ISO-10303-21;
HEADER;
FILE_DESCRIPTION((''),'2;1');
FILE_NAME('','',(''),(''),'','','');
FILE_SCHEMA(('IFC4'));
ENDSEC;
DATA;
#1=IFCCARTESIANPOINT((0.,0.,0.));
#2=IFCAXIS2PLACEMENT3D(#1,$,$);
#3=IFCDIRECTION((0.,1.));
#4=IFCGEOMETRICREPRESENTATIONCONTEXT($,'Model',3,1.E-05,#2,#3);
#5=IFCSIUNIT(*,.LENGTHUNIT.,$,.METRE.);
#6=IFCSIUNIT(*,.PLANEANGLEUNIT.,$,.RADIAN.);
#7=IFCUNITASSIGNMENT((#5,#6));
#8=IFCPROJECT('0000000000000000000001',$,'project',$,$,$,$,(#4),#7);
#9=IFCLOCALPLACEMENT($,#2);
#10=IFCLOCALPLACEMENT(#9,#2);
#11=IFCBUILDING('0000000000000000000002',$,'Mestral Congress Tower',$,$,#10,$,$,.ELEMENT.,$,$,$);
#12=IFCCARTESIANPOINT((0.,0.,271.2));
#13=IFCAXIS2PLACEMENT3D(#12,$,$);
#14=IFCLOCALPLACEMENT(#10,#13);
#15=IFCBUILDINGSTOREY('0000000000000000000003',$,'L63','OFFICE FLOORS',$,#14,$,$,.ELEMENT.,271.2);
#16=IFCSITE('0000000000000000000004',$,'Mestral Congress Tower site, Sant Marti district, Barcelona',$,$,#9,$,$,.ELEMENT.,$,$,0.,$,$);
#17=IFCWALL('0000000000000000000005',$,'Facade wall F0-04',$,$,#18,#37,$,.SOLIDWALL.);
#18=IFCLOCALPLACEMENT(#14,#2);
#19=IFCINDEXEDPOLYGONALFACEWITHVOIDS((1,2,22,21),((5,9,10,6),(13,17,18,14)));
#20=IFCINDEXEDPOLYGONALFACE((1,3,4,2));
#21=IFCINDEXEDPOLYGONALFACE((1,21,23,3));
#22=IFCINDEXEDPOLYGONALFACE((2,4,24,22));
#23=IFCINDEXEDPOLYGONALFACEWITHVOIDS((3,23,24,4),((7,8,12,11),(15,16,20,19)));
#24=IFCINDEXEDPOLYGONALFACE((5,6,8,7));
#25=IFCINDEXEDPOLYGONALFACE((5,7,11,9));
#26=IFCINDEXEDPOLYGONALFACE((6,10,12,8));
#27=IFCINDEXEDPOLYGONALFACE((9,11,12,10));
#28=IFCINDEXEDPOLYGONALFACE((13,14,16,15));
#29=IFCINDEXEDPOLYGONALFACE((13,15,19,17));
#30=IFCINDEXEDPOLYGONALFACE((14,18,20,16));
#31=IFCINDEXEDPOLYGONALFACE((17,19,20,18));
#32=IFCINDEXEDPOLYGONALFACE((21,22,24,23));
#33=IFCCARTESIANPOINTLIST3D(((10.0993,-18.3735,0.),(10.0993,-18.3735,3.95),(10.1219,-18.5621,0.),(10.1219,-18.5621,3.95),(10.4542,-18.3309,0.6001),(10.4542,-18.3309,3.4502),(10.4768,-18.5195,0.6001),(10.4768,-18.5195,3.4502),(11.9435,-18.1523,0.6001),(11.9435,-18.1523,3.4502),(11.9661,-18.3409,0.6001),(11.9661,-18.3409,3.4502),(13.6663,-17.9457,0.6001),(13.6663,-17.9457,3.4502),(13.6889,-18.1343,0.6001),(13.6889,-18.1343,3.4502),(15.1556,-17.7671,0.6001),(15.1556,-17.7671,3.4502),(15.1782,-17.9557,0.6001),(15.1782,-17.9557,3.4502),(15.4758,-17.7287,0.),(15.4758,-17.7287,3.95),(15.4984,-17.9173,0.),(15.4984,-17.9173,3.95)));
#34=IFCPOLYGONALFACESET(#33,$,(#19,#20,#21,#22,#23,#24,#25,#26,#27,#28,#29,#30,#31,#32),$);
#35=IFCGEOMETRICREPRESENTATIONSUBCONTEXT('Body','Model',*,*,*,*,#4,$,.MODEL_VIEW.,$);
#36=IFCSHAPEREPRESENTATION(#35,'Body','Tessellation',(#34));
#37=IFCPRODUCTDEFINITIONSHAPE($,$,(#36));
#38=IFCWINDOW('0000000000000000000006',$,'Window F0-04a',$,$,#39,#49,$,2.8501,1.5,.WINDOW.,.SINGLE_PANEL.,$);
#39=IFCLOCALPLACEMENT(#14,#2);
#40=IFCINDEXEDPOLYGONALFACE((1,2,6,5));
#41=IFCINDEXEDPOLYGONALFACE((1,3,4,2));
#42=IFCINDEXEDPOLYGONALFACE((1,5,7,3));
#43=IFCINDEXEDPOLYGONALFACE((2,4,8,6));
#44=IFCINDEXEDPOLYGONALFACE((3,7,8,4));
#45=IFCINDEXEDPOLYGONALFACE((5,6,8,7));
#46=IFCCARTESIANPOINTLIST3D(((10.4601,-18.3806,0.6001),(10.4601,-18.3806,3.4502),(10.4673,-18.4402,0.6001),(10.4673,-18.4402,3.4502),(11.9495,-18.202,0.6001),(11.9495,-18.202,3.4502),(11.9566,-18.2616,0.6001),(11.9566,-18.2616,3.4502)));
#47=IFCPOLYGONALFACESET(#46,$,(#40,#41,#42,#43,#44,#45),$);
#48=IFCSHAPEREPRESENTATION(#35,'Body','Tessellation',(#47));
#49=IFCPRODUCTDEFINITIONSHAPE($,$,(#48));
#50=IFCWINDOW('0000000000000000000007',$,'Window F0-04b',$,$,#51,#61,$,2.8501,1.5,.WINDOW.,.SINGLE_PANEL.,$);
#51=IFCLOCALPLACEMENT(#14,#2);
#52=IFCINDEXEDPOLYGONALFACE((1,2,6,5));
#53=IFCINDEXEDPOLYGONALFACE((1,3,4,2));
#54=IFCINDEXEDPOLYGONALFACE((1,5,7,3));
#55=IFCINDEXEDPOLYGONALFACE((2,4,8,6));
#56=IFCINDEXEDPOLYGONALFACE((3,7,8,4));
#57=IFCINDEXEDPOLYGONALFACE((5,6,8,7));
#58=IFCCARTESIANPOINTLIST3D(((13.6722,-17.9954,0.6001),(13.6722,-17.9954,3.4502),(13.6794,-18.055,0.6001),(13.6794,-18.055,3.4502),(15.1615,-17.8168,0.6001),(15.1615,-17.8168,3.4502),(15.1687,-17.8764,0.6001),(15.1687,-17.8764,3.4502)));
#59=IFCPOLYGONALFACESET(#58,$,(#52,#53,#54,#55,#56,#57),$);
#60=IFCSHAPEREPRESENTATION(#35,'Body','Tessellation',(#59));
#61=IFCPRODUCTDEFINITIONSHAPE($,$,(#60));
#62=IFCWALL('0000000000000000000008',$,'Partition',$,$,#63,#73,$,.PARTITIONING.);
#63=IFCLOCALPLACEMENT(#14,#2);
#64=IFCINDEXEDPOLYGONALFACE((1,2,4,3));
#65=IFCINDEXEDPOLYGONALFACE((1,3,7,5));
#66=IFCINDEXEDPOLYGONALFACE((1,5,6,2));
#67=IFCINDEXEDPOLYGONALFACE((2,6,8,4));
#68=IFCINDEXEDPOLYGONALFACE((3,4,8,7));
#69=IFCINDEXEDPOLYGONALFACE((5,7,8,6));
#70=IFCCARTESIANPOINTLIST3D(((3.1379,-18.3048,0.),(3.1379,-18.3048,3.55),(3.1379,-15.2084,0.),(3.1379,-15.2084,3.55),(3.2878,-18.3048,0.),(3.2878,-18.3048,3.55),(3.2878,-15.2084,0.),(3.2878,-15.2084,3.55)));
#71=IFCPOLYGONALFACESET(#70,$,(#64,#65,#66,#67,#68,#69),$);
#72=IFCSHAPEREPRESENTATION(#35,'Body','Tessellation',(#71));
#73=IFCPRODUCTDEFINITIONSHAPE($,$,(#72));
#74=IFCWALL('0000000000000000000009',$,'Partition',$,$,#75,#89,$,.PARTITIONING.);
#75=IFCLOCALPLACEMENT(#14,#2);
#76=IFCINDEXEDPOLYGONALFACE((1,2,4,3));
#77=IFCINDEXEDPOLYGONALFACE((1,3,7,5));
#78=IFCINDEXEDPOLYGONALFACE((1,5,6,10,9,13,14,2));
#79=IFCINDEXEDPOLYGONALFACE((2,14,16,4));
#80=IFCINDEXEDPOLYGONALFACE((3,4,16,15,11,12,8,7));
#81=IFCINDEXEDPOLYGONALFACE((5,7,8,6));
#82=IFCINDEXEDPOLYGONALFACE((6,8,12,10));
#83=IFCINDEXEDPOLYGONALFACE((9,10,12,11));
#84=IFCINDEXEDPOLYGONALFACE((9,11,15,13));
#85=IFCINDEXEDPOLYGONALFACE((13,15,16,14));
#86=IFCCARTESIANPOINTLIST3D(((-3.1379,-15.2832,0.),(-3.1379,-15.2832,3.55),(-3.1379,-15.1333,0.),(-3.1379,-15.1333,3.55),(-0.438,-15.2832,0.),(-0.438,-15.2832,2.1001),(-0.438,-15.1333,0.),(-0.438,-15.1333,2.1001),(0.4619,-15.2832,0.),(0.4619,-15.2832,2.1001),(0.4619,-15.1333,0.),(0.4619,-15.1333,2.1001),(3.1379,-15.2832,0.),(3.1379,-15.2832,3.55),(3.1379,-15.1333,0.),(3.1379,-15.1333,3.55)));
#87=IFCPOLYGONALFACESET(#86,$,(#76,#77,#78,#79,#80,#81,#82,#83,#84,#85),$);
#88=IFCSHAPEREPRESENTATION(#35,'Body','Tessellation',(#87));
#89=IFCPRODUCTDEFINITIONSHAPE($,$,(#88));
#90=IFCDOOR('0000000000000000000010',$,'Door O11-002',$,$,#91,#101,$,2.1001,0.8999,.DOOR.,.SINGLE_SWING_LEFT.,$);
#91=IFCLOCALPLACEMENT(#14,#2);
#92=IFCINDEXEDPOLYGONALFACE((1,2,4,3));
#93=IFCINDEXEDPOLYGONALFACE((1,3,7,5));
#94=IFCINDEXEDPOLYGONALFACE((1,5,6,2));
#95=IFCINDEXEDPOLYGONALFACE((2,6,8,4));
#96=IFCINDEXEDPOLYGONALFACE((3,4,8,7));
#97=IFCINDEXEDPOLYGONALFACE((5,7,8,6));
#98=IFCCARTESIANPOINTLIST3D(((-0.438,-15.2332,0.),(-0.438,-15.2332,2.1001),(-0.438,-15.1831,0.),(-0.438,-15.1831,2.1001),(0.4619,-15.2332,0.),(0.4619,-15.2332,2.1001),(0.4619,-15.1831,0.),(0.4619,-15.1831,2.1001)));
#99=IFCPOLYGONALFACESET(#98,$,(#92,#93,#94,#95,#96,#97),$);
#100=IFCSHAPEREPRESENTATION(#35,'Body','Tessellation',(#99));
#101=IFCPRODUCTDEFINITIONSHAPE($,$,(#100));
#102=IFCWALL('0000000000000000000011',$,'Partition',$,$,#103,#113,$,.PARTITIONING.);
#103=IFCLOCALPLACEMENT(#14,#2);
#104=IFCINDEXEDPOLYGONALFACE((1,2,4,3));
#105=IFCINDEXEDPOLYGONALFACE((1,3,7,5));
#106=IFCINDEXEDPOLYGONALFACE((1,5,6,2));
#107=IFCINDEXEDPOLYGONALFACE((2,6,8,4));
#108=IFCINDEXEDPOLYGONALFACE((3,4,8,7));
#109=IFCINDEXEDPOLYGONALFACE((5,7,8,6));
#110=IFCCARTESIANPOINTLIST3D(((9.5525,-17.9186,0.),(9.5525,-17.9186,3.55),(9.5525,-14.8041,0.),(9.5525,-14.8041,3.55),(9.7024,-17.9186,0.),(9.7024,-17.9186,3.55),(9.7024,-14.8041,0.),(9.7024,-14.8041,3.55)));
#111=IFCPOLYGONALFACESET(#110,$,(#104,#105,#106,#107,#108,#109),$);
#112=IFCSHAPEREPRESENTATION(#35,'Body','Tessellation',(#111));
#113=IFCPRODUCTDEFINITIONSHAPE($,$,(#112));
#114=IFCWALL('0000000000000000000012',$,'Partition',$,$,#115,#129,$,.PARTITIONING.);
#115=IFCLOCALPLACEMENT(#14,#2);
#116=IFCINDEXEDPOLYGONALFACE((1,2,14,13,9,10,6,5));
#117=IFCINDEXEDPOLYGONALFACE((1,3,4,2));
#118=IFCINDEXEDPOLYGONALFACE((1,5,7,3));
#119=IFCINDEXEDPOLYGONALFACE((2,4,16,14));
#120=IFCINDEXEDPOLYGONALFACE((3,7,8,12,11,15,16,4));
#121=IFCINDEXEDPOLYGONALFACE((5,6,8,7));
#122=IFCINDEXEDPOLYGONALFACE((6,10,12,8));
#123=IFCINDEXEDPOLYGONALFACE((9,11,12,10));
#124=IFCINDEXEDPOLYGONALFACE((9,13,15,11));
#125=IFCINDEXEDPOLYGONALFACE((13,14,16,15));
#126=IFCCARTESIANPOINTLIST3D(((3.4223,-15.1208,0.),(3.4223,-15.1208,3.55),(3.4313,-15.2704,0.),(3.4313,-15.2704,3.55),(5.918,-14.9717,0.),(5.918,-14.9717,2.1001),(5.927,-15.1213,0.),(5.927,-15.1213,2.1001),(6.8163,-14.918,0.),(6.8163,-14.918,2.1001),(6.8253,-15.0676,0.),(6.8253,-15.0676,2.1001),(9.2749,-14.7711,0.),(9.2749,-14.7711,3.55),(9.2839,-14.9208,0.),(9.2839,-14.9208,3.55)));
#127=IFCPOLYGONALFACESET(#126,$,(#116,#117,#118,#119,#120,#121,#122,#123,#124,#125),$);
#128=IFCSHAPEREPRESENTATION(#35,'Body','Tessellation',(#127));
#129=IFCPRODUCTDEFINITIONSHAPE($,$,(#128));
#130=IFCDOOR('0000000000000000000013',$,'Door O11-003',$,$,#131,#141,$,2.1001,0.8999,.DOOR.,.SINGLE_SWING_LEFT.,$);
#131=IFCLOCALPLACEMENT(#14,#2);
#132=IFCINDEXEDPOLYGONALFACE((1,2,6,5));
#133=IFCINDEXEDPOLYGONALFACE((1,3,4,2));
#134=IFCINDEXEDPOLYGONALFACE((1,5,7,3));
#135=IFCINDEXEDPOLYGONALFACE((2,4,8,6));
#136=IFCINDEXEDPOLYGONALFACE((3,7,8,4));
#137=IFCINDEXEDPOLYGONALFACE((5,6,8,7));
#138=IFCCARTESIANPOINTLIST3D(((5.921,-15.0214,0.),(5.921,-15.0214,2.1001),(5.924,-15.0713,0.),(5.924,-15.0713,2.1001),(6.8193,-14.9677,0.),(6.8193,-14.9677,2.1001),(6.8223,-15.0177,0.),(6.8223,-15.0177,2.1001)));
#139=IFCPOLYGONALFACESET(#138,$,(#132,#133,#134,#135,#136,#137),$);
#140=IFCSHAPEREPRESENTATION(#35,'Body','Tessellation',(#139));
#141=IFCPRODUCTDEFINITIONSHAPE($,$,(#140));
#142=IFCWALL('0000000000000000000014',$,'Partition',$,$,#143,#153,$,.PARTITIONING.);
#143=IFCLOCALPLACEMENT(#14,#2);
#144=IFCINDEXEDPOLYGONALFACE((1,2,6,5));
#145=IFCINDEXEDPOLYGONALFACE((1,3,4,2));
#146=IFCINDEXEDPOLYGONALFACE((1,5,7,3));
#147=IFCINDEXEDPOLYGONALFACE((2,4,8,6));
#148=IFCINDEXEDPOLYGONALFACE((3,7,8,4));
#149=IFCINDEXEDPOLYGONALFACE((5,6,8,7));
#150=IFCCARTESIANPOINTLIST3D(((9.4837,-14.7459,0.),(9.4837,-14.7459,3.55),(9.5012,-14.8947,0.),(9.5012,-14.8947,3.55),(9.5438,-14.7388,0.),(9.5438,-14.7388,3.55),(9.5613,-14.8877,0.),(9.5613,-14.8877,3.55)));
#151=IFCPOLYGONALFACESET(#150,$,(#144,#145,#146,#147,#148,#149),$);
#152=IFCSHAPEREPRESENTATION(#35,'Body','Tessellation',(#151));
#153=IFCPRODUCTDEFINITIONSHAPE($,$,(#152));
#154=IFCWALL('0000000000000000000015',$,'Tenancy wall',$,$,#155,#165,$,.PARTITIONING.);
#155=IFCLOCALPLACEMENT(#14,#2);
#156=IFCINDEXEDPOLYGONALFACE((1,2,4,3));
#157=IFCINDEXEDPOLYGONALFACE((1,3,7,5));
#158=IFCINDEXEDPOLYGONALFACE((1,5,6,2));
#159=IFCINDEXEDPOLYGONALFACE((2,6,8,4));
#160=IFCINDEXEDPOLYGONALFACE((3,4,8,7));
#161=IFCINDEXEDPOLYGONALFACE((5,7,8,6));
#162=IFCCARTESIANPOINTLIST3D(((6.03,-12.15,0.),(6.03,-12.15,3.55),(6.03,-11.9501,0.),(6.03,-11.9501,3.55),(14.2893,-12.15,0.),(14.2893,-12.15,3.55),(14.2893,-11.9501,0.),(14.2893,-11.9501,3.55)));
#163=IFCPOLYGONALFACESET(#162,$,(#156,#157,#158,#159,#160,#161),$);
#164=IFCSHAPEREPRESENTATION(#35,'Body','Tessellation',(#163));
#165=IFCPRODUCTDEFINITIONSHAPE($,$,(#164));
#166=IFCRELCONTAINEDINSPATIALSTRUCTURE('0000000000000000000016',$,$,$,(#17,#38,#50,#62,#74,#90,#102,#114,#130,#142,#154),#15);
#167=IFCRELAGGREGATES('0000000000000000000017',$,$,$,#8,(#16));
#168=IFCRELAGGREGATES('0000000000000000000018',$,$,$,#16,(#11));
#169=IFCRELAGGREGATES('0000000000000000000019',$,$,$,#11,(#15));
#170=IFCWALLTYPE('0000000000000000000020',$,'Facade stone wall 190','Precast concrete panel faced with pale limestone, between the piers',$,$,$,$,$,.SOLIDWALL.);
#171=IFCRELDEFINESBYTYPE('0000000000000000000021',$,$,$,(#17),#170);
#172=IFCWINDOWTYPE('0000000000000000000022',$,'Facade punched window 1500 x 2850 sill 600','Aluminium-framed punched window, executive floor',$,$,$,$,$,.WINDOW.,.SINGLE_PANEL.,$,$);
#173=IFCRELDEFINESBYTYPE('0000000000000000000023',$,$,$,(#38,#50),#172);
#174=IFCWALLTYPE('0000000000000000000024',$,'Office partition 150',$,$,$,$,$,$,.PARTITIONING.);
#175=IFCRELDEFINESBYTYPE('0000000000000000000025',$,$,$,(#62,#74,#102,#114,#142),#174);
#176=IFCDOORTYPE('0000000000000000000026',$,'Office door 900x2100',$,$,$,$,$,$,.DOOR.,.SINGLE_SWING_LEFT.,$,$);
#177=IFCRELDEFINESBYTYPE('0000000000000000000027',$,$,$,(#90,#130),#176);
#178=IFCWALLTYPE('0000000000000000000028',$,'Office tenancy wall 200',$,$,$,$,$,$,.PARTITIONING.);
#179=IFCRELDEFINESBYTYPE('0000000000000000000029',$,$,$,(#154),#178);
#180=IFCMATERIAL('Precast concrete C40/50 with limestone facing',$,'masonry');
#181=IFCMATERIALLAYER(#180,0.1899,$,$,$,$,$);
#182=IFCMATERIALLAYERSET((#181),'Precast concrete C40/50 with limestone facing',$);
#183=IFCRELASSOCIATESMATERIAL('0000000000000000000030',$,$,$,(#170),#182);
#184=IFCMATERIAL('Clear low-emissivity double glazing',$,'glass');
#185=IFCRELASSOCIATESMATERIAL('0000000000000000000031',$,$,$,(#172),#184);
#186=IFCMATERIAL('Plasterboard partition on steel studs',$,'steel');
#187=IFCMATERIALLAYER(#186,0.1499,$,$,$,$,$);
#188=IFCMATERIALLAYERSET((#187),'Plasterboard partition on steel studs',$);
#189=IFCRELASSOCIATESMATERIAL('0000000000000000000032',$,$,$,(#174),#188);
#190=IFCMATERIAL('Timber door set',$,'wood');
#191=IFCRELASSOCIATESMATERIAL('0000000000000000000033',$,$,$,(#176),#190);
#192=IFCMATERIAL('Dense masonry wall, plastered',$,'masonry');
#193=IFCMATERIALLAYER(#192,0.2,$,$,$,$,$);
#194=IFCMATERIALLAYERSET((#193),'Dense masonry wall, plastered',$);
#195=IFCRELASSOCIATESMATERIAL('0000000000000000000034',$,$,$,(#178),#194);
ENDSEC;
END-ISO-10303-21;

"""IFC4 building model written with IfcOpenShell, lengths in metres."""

from ifc_helpers import new_model, si_unit, direction, frame, frame_2d, origin, place, context, subcontext, project, spatial, rectangle, extrude, material, layer, layer_set, type_object, element, fill, save


model = new_model("IFC4")

# Units and contexts
model_context = context("Model", 3, precision=1e-05, world=origin(), true_north=direction((0.0, 1.0)))
body_context = subcontext(model_context, "Body", "Model", "MODEL_VIEW")
ifc_project = project(units=[si_unit("LENGTHUNIT", "METRE"), si_unit("PLANEANGLEUNIT", "RADIAN")], contexts=[model_context])

# Site, building, storey
site_placement = place(None, origin())
site = spatial("IfcSite", under=ifc_project, at=site_placement, Name="Mestral Congress Tower site, Sant Marti district, Barcelona", CompositionType="ELEMENT", RefElevation=0.0)
building_placement = place(site_placement, origin())
building = spatial("IfcBuilding", under=site, at=building_placement, Name="Mestral Congress Tower", CompositionType="ELEMENT")
storey_placement = place(building_placement, frame((0.0, 0.0, 271.2)))
storey = spatial("IfcBuildingStorey", under=building, at=storey_placement, Name="L63", Description="OFFICE FLOORS", CompositionType="ELEMENT", Elevation=271.2)

# Wall, openings, windows
ifc_material_1 = material(Name="Precast concrete C40/50 with limestone facing", Category="masonry")
ifc_layer_1 = layer(ifc_material_1, 0.1899)
ifc_layer_set_1 = layer_set([ifc_layer_1], Name="Precast concrete C40/50 with limestone facing")
wall_type_1 = type_object("IfcWallType", Name="Facade stone wall 190", Description="Precast concrete panel faced with pale limestone, between the piers", PredefinedType="SOLIDWALL", material=ifc_layer_set_1)
ifc_material_2 = material(Name="Clear low-emissivity double glazing", Category="glass")
window_type = type_object("IfcWindowType", Name="Facade punched window 1500 x 2850 sill 600", Description="Aluminium-framed punched window, executive floor", PartitioningType="SINGLE_PANEL", PredefinedType="WINDOW", material=ifc_material_2)
wall_1_placement = place(storey_placement, frame((10.1106, -18.4678, 0.0), z_axis=(0.0, 0.0, 1.0), x_axis=(0.992886, 0.119072, 0.0)))
wall_1 = element("IfcWall", 1, at=wall_1_placement, inside=storey, type_object=wall_type_1, Name="Facade wall F0-04", PredefinedType="SOLIDWALL", context=body_context, shape_type="SweptSolid", body=[
    extrude(rectangle(XDim=5.415, YDim=0.1899, at=frame_2d((2.7075, 0.0))), origin(), (0.0, 0.0, 1.0), 3.95),
])
opening_1_placement = place(wall_1_placement, frame((0.3574, 0.0, 0.6001)))
opening_1 = element("IfcOpeningElement", 2, at=opening_1_placement, cuts=wall_1, PredefinedType="OPENING", context=body_context, shape_type="SweptSolid", body=[
    extrude(rectangle(XDim=1.5, YDim=2.8501, at=frame_2d((0.75, 1.425))), frame((0.0, 0.105, 0.0), z_axis=(0.0, -1.0, 0.0), x_axis=(1.0, 0.0, 0.0)), (0.0, 0.0, 1.0), 0.21),
])
opening_2_placement = place(wall_1_placement, frame((3.5925, 0.0, 0.6001)))
opening_2 = element("IfcOpeningElement", 3, at=opening_2_placement, cuts=wall_1, PredefinedType="OPENING", context=body_context, shape_type="SweptSolid", body=[
    extrude(rectangle(XDim=1.5, YDim=2.8501, at=frame_2d((0.75, 1.425))), frame((0.0, 0.105, 0.0), z_axis=(0.0, -1.0, 0.0), x_axis=(1.0, 0.0, 0.0)), (0.0, 0.0, 1.0), 0.21),
])
window_1_placement = place(opening_1_placement, origin())
window_1 = element("IfcWindow", 4, at=window_1_placement, inside=storey, type_object=window_type, Name="Window F0-04a", OverallHeight=2.8501, OverallWidth=1.5, PartitioningType="SINGLE_PANEL", PredefinedType="WINDOW", context=body_context, shape_type="SweptSolid", body=[
    extrude(rectangle(XDim=1.5, YDim=2.8501, at=frame_2d((0.75, 1.425))), frame((0.0, 0.0449, 0.0), z_axis=(0.0, -1.0, 0.0), x_axis=(1.0, 0.0, 0.0)), (0.0, 0.0, 1.0), 0.0601),
])
fill(opening_1, window_1)
window_2_placement = place(opening_2_placement, origin())
window_2 = element("IfcWindow", 5, at=window_2_placement, inside=storey, type_object=window_type, Name="Window F0-04b", OverallHeight=2.8501, OverallWidth=1.5, PartitioningType="SINGLE_PANEL", PredefinedType="WINDOW", context=body_context, shape_type="SweptSolid", body=[
    extrude(rectangle(XDim=1.5, YDim=2.8501, at=frame_2d((0.75, 1.425))), frame((0.0, 0.0449, 0.0), z_axis=(0.0, -1.0, 0.0), x_axis=(1.0, 0.0, 0.0)), (0.0, 0.0, 1.0), 0.0601),
])
fill(opening_2, window_2)

# Wall
ifc_material_3 = material(Name="Plasterboard partition on steel studs", Category="steel")
ifc_layer_2 = layer(ifc_material_3, 0.1499)
ifc_layer_set_2 = layer_set([ifc_layer_2], Name="Plasterboard partition on steel studs")
wall_type_2 = type_object("IfcWallType", Name="Office partition 150", PredefinedType="PARTITIONING", material=ifc_layer_set_2)
wall_2_placement = place(storey_placement, frame((3.2129, -15.2083, 0.0), z_axis=(0.0, 0.0, 1.0), x_axis=(0.0, -1.0, 0.0)))
element("IfcWall", 6, at=wall_2_placement, inside=storey, type_object=wall_type_2, Name="Partition", PredefinedType="PARTITIONING", context=body_context, shape_type="SweptSolid", body=[
    extrude(rectangle(XDim=3.0964, YDim=0.1499, at=frame_2d((1.5483, 0.0))), origin(), (0.0, 0.0, 1.0), 3.55),
])

# Wall, opening, door
wall_3_placement = place(storey_placement, frame((3.1379, -15.2083, 0.0), z_axis=(0.0, 0.0, 1.0), x_axis=(-1.0, 0.0, 0.0)))
wall_3 = element("IfcWall", 7, at=wall_3_placement, inside=storey, type_object=wall_type_2, Name="Partition", PredefinedType="PARTITIONING", context=body_context, shape_type="SweptSolid", body=[
    extrude(rectangle(XDim=6.2759, YDim=0.1499, at=frame_2d((3.1379, 0.0))), origin(), (0.0, 0.0, 1.0), 3.55),
])
opening_3_placement = place(wall_3_placement, frame((2.676, 0.0, 0.0)))
opening_3 = element("IfcOpeningElement", 8, at=opening_3_placement, cuts=wall_3, PredefinedType="OPENING", context=body_context, shape_type="SweptSolid", body=[
    extrude(rectangle(XDim=0.8999, YDim=2.1001, at=frame_2d((0.45, 1.05))), frame((0.0, 0.085, 0.0), z_axis=(0.0, -1.0, 0.0), x_axis=(1.0, 0.0, 0.0)), (0.0, 0.0, 1.0), 0.1699),
])
ifc_material_4 = material(Name="Timber door set", Category="wood")
door_type = type_object("IfcDoorType", Name="Office door 900x2100", OperationType="SINGLE_SWING_LEFT", PredefinedType="DOOR", material=ifc_material_4)
door_1_placement = place(opening_3_placement, origin())
door_1 = element("IfcDoor", 9, at=door_1_placement, inside=storey, type_object=door_type, Name="Door O11-002", OperationType="SINGLE_SWING_LEFT", OverallHeight=2.1001, OverallWidth=0.8999, PredefinedType="DOOR", context=body_context, shape_type="SweptSolid", body=[
    extrude(rectangle(XDim=0.8999, YDim=2.1001, at=frame_2d((0.45, 1.05))), frame((0.0, 0.0249, 0.0), z_axis=(0.0, -1.0, 0.0), x_axis=(1.0, 0.0, 0.0)), (0.0, 0.0, 1.0), 0.05),
])
fill(opening_3, door_1)

# Wall
wall_4_placement = place(storey_placement, frame((9.6274, -14.8042, 0.0), z_axis=(0.0, 0.0, 1.0), x_axis=(0.0, -1.0, 0.0)))
element("IfcWall", 10, at=wall_4_placement, inside=storey, type_object=wall_type_2, Name="Partition", PredefinedType="PARTITIONING", context=body_context, shape_type="SweptSolid", body=[
    extrude(rectangle(XDim=3.1145, YDim=0.1499, at=frame_2d((1.5571, 0.0))), origin(), (0.0, 0.0, 1.0), 3.55),
])

# Wall, opening, door
wall_5_placement = place(storey_placement, frame((9.2795, -14.8459, 0.0), z_axis=(0.0, 0.0, 1.0), x_axis=(-0.998221, -0.05963, 0.0)))
wall_5 = element("IfcWall", 11, at=wall_5_placement, inside=storey, type_object=wall_type_2, Name="Partition", PredefinedType="PARTITIONING", context=body_context, shape_type="SweptSolid", body=[
    extrude(rectangle(XDim=5.863, YDim=0.1499, at=frame_2d((2.9316, 0.0))), origin(), (0.0, 0.0, 1.0), 3.55),
])
opening_4_placement = place(wall_5_placement, frame((2.4631, 0.0, 0.0)))
opening_4 = element("IfcOpeningElement", 12, at=opening_4_placement, cuts=wall_5, PredefinedType="OPENING", context=body_context, shape_type="SweptSolid", body=[
    extrude(rectangle(XDim=0.8999, YDim=2.1001, at=frame_2d((0.45, 1.05))), frame((0.0, 0.085, 0.0), z_axis=(0.0, -1.0, 0.0), x_axis=(1.0, 0.0, 0.0)), (0.0, 0.0, 1.0), 0.1699),
])
door_2_placement = place(opening_4_placement, origin())
door_2 = element("IfcDoor", 13, at=door_2_placement, inside=storey, type_object=door_type, Name="Door O11-003", OperationType="SINGLE_SWING_LEFT", OverallHeight=2.1001, OverallWidth=0.8999, PredefinedType="DOOR", context=body_context, shape_type="SweptSolid", body=[
    extrude(rectangle(XDim=0.8999, YDim=2.1001, at=frame_2d((0.45, 1.05))), frame((0.0, 0.0249, 0.0), z_axis=(0.0, -1.0, 0.0), x_axis=(1.0, 0.0, 0.0)), (0.0, 0.0, 1.0), 0.05),
])
fill(opening_4, door_2)

# Walls
wall_6_placement = place(storey_placement, frame((9.4924, -14.8203, 0.0), z_axis=(0.0, 0.0, 1.0), x_axis=(0.993123, 0.117075, 0.0)))
element("IfcWall", 14, at=wall_6_placement, inside=storey, type_object=wall_type_2, Name="Partition", PredefinedType="PARTITIONING", context=body_context, shape_type="SweptSolid", body=[
    extrude(rectangle(XDim=0.0605, YDim=0.1499, at=frame_2d((0.0303, 0.0))), origin(), (0.0, 0.0, 1.0), 3.55),
])
ifc_material_5 = material(Name="Dense masonry wall, plastered", Category="masonry")
ifc_layer_3 = layer(ifc_material_5, 0.2)
ifc_layer_set_3 = layer_set([ifc_layer_3], Name="Dense masonry wall, plastered")
wall_type_3 = type_object("IfcWallType", Name="Office tenancy wall 200", PredefinedType="PARTITIONING", material=ifc_layer_set_3)
wall_7_placement = place(storey_placement, frame((6.03, -12.05, 0.0), z_axis=(0.0, 0.0, 1.0), x_axis=(1.0, 0.0, 0.0)))
element("IfcWall", 15, at=wall_7_placement, inside=storey, type_object=wall_type_3, Name="Tenancy wall", PredefinedType="PARTITIONING", context=body_context, shape_type="SweptSolid", body=[
    extrude(rectangle(XDim=8.2593, YDim=0.2, at=frame_2d((4.1296, 0.0))), origin(), (0.0, 0.0, 1.0), 3.55),
])

save(model, "model.ifc")
